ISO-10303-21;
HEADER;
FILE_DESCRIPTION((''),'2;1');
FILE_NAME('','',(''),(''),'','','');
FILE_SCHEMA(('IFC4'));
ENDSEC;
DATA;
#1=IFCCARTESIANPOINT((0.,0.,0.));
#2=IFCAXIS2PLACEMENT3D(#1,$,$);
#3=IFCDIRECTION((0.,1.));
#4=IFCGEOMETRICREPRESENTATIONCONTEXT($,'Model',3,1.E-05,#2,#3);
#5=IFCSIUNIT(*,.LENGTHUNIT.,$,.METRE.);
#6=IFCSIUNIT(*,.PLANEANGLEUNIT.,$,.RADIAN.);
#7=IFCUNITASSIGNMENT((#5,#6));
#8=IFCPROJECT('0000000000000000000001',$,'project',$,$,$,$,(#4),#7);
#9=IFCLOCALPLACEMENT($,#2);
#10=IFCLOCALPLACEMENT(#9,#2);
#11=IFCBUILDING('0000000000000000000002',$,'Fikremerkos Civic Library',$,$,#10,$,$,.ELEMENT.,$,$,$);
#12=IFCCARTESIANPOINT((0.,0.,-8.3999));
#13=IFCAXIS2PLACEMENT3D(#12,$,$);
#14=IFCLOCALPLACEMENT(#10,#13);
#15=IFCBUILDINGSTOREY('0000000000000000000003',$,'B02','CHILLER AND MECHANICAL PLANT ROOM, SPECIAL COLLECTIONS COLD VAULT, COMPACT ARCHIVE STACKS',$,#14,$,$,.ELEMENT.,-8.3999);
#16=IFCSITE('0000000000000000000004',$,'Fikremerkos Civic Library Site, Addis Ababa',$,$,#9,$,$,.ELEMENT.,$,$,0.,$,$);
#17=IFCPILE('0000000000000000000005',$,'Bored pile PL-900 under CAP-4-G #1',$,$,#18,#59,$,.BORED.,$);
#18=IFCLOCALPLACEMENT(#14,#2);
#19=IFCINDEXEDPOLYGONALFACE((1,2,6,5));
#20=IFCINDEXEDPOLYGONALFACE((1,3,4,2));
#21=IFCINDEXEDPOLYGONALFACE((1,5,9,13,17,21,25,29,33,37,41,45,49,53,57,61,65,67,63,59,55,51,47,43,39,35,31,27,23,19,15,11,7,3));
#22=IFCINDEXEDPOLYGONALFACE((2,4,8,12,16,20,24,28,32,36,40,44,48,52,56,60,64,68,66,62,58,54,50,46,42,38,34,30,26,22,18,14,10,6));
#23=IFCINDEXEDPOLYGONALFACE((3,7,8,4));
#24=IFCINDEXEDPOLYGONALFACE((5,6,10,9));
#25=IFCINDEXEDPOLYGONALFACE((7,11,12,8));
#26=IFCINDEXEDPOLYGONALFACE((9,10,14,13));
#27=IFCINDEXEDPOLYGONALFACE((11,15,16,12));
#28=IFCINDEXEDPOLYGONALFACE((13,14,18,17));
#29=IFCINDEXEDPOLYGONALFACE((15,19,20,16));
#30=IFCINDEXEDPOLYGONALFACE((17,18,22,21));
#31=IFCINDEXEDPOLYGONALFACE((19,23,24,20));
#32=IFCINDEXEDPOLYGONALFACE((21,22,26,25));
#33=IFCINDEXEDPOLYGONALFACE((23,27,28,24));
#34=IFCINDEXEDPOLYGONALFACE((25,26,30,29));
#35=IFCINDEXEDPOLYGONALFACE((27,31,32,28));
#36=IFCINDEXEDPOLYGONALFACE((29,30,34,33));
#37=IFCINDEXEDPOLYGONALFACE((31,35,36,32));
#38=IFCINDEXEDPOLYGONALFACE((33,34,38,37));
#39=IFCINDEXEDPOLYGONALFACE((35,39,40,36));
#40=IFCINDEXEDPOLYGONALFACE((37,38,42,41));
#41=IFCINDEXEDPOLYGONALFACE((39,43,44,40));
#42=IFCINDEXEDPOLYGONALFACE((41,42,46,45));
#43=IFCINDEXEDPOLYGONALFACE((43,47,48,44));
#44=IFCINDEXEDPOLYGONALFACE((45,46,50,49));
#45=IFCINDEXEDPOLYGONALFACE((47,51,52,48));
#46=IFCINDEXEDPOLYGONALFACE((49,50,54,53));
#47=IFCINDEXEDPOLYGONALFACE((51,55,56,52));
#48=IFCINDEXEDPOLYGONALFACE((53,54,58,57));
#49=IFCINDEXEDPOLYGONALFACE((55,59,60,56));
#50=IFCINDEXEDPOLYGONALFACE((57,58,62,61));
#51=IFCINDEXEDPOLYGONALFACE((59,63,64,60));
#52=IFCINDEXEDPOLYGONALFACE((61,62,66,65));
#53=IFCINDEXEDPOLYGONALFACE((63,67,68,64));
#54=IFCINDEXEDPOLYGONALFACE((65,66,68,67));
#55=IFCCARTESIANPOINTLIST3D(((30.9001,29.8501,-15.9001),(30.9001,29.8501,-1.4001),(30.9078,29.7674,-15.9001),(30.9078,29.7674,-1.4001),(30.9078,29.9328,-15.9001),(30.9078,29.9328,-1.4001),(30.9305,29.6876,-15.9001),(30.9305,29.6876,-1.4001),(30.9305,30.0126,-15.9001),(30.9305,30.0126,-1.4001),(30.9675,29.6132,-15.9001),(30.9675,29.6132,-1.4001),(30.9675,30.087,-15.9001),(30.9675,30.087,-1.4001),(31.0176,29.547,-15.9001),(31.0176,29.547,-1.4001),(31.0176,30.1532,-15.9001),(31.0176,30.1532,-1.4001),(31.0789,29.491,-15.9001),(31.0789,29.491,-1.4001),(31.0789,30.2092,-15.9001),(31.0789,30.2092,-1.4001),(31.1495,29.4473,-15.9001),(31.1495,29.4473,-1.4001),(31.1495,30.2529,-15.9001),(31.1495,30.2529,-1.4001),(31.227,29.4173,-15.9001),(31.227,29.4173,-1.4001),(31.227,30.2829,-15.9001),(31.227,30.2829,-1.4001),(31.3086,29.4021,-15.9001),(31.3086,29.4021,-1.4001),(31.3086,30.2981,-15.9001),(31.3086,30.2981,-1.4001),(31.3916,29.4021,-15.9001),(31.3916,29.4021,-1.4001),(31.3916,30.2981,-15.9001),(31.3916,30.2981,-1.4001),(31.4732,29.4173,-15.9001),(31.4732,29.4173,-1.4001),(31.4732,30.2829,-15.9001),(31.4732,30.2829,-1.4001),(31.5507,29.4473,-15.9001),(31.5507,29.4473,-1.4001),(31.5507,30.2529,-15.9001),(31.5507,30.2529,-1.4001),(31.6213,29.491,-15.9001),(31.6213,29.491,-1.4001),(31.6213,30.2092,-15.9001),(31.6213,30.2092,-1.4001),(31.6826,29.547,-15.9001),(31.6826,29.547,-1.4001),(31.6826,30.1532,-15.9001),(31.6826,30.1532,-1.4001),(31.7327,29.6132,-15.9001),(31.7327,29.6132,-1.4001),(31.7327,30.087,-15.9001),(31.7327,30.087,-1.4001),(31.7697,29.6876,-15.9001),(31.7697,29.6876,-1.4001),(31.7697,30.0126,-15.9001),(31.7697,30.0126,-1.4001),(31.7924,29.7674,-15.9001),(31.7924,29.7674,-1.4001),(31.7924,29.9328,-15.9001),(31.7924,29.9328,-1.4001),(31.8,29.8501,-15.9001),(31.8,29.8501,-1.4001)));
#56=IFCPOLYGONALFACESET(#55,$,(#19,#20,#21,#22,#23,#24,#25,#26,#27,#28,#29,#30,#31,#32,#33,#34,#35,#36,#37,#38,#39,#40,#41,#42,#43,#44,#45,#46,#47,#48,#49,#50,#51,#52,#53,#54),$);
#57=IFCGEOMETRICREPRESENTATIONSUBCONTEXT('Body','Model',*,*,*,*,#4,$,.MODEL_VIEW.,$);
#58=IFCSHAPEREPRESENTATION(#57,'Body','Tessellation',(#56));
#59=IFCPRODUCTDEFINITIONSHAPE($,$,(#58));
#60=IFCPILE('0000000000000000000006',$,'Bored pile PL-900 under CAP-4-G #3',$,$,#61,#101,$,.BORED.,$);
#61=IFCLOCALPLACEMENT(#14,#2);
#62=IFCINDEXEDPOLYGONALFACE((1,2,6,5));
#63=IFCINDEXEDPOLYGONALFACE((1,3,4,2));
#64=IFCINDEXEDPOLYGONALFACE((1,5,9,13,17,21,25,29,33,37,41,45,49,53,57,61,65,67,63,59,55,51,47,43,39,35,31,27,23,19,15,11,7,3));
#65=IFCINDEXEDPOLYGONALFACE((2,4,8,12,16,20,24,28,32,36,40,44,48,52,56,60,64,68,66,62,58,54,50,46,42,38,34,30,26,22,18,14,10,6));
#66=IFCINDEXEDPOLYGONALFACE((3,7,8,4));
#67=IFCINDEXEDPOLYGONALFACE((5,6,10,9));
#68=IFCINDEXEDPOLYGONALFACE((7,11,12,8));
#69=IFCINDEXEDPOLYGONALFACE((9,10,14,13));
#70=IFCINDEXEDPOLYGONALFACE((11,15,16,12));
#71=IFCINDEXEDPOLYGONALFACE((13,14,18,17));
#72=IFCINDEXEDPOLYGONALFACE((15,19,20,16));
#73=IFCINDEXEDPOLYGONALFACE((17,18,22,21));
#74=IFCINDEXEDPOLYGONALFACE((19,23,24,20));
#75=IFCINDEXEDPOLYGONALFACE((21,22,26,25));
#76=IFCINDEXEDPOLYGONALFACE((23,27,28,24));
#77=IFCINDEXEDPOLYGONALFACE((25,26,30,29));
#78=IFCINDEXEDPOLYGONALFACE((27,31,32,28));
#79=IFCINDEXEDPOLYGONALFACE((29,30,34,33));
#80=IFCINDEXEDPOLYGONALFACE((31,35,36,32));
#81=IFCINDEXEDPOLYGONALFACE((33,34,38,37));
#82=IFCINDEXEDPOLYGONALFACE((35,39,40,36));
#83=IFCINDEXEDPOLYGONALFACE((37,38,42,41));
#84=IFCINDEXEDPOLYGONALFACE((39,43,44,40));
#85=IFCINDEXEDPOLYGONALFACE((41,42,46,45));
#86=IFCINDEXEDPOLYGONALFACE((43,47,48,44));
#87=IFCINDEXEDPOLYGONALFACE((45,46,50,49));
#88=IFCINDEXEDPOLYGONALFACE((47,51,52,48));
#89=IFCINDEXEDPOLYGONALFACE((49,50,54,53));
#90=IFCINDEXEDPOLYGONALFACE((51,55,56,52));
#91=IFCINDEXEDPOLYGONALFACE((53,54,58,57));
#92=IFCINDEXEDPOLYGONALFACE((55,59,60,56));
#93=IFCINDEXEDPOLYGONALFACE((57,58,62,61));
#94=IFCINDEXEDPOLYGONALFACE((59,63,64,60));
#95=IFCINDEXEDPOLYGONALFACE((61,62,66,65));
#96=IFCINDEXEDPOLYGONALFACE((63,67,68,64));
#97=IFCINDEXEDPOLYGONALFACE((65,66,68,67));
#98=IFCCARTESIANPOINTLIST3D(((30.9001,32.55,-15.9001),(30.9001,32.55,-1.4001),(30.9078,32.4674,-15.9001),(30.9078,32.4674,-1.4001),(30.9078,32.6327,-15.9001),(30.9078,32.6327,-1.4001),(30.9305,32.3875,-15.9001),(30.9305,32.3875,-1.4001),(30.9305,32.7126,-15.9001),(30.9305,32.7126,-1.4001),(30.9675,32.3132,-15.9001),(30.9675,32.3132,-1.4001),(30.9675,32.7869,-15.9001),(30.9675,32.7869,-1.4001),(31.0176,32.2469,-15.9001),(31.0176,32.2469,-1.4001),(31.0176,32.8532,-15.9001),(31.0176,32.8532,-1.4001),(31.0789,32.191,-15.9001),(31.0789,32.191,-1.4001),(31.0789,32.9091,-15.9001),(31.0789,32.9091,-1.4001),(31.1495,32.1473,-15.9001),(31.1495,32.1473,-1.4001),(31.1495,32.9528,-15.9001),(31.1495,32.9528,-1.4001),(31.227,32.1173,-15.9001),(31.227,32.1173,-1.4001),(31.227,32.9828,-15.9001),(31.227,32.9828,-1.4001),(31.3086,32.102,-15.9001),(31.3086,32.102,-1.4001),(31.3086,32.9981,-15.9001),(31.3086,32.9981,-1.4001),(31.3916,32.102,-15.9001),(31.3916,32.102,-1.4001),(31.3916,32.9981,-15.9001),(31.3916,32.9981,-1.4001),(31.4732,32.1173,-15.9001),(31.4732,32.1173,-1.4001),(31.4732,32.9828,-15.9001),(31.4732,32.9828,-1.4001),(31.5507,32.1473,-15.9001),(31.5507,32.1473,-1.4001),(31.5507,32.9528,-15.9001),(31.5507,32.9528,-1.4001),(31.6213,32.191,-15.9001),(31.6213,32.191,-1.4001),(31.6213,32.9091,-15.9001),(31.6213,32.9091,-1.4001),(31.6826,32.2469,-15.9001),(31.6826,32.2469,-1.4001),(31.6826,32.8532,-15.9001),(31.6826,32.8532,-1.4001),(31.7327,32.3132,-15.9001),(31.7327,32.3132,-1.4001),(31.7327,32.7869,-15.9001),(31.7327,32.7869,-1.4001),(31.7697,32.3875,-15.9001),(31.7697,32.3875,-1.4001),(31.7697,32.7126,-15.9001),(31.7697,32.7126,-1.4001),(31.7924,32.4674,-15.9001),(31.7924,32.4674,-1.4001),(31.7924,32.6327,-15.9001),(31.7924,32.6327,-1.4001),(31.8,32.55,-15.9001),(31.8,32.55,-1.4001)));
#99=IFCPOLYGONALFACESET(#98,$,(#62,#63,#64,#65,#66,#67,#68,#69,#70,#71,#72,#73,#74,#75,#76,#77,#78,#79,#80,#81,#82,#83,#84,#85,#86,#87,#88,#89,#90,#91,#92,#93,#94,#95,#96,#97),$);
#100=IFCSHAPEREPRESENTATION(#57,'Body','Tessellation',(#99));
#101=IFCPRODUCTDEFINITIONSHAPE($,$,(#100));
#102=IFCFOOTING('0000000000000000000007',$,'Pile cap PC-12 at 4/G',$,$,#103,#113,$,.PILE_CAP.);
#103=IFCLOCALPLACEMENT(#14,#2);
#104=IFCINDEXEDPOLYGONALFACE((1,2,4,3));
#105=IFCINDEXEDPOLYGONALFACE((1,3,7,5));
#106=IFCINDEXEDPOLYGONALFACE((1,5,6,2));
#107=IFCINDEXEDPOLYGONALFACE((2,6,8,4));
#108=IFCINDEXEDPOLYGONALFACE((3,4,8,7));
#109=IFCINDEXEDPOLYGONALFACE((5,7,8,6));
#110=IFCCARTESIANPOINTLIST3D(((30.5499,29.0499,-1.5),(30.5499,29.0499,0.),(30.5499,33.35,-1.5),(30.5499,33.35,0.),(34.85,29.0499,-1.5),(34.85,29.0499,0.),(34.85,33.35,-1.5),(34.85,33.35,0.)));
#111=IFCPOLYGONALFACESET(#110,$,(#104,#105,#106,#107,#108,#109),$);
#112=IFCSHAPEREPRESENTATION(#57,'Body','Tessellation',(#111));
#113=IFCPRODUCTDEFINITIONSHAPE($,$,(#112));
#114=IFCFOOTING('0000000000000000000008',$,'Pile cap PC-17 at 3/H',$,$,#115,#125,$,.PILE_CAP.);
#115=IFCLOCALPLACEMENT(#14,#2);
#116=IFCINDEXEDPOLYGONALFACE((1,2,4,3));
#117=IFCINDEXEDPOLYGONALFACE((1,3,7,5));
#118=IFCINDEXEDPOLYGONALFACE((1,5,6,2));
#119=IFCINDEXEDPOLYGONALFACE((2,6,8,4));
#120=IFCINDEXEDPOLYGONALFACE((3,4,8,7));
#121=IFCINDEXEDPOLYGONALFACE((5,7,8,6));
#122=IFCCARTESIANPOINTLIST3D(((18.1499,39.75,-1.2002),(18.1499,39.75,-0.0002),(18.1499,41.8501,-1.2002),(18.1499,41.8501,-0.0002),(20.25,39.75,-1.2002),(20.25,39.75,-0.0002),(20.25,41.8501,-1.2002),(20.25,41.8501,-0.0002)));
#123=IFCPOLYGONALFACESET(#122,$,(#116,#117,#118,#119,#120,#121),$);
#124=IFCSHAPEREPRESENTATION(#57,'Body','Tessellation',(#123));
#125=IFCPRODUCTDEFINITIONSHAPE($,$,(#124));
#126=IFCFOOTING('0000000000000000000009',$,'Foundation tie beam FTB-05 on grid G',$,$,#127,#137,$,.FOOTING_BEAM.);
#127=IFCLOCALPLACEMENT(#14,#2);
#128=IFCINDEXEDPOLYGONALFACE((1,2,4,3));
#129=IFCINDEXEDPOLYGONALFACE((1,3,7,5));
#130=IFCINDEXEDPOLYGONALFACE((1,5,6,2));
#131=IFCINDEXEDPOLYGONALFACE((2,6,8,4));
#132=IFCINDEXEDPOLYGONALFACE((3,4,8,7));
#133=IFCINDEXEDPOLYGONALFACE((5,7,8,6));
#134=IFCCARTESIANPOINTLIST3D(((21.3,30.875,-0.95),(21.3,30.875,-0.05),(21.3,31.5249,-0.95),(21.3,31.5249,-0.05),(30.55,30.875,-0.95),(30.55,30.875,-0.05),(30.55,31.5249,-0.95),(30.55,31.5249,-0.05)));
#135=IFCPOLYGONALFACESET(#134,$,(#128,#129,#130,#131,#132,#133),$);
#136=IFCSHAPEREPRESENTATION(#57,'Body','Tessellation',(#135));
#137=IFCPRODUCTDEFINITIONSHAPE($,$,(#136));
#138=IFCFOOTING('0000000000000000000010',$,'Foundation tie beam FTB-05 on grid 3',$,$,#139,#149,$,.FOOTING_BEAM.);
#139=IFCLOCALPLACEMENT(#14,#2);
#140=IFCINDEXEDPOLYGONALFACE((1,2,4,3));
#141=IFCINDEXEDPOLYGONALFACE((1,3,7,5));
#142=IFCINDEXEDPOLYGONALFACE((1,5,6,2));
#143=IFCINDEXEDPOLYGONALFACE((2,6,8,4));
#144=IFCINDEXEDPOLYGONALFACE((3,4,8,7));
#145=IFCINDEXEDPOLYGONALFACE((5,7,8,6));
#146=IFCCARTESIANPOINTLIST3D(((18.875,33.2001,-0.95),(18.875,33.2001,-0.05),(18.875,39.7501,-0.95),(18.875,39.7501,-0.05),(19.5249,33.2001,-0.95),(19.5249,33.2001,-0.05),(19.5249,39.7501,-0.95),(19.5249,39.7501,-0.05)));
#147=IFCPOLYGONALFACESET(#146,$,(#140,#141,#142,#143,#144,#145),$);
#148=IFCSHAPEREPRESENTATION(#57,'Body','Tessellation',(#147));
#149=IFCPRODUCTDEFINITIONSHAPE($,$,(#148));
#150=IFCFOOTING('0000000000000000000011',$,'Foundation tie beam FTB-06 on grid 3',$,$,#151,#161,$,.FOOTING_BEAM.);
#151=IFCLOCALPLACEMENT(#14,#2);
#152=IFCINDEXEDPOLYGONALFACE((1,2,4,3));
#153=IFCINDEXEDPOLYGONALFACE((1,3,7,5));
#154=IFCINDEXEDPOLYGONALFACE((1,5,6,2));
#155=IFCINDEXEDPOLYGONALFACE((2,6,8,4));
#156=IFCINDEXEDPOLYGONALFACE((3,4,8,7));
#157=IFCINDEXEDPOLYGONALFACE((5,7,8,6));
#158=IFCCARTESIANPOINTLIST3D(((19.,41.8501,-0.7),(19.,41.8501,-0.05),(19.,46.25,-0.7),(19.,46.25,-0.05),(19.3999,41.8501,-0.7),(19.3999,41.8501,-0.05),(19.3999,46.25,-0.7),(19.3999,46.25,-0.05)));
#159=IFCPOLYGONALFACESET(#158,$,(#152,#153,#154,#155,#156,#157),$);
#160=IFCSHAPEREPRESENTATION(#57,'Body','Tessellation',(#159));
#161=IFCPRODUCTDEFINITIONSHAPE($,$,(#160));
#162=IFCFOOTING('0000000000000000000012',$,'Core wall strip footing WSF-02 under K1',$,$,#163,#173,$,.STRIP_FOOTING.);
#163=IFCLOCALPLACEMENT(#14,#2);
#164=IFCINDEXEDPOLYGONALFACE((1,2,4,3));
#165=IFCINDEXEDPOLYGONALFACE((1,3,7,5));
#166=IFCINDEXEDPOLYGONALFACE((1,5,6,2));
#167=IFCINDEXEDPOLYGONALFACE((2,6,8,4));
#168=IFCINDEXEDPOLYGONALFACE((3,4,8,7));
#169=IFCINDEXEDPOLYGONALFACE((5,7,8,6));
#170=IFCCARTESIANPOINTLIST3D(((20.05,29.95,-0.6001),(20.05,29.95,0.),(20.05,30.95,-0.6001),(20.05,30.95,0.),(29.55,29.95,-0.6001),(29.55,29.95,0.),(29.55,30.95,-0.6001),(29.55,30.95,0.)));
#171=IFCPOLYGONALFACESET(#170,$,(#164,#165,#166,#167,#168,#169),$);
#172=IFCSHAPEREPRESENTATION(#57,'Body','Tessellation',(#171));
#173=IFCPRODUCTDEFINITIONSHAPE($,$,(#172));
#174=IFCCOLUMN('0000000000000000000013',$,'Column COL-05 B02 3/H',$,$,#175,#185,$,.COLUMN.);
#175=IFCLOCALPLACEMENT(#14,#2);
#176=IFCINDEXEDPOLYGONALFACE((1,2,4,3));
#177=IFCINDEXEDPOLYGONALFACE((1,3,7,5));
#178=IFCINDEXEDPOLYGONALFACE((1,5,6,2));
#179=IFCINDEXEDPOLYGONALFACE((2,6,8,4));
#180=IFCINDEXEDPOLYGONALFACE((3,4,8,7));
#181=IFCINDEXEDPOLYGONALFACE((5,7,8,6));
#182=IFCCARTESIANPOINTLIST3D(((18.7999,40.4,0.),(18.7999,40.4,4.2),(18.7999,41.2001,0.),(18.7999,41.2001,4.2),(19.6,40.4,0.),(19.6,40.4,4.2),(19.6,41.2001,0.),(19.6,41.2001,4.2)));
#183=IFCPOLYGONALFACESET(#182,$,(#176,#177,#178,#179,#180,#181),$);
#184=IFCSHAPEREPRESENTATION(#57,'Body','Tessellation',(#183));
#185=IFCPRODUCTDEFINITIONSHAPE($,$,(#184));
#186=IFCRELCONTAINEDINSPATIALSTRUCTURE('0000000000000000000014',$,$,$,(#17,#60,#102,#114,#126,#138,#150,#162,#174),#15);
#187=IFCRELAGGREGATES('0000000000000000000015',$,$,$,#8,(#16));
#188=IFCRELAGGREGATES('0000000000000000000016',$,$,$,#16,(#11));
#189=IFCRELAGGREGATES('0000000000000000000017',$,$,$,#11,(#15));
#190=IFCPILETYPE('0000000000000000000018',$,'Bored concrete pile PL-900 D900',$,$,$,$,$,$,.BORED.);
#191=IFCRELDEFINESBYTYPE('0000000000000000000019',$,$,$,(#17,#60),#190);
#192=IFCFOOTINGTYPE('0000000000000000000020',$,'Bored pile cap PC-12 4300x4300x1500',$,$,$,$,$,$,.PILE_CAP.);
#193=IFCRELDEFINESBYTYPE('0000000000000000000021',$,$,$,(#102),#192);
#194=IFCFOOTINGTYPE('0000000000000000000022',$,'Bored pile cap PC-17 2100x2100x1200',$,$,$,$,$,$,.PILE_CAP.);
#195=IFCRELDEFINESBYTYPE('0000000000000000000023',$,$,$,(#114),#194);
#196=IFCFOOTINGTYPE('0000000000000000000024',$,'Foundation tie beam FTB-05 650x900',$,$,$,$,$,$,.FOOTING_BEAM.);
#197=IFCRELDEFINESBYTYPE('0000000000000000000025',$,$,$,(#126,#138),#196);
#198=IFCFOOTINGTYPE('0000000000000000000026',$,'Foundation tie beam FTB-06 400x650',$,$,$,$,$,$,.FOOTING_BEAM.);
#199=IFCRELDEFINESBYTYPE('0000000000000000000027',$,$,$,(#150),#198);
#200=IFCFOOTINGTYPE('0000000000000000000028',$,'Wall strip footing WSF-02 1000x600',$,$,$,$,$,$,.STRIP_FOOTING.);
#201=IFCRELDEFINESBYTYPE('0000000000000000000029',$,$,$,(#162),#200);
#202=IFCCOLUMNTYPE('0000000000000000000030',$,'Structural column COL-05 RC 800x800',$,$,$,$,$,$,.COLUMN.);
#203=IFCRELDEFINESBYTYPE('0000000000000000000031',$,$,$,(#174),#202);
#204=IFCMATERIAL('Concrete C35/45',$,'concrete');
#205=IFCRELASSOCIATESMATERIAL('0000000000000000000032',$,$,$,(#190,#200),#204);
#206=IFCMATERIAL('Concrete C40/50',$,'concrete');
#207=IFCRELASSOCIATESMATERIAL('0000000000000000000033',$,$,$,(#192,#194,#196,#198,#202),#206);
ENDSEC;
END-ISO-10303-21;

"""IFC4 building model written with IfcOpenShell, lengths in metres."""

from ifc_helpers import new_model, si_unit, direction, frame, origin, origin_2d, place, context, subcontext, project, spatial, rectangle, circle, extrude, material, material_profile, profile_set, type_object, element, save


model = new_model("IFC4")

# Units and contexts
model_context = context("Model", 3, precision=1e-05, world=origin(), true_north=direction((0.0, 1.0)))
body_context = subcontext(model_context, "Body", "Model", "MODEL_VIEW")
ifc_project = project(units=[si_unit("LENGTHUNIT", "METRE"), si_unit("PLANEANGLEUNIT", "RADIAN")], contexts=[model_context])

# Site, building, storey
site_placement = place(None, origin())
site = spatial("IfcSite", under=ifc_project, at=site_placement, Name="Fikremerkos Civic Library Site, Addis Ababa", CompositionType="ELEMENT", RefElevation=0.0)
building_placement = place(site_placement, origin())
building = spatial("IfcBuilding", under=site, at=building_placement, Name="Fikremerkos Civic Library", CompositionType="ELEMENT")
storey_placement = place(building_placement, frame((0.0, 0.0, -8.3999)))
storey = spatial("IfcBuildingStorey", under=building, at=storey_placement, Name="B02", Description="CHILLER AND MECHANICAL PLANT ROOM, SPECIAL COLLECTIONS COLD VAULT, COMPACT ARCHIVE STACKS", CompositionType="ELEMENT", Elevation=-8.3999)

# Piles
ifc_material_1 = material(Name="Concrete C35/45", Category="concrete")
ifc_material_profile_1 = material_profile(ifc_material_1, circle(Radius=0.45, at=origin_2d()), Name="BORED PILE 900")
ifc_profile_set_1 = profile_set([ifc_material_profile_1], Name="Concrete C35/45")
pile_type_1 = type_object("IfcPileType", Name="Bored concrete pile PL-900 D900", PredefinedType="BORED", material=ifc_profile_set_1)
for number, where, z_axis, x_axis, name in (
    (1, (31.3501, 29.8501, -1.4001), (0.0, 0.0, -1.0), (1.0, 0.0, 0.0), "Bored pile PL-900 under CAP-4-G #1"),
    (2, (31.3501, 32.55, -1.4001), (0.0, 0.0, -1.0), (1.0, 0.0, 0.0), "Bored pile PL-900 under CAP-4-G #3"),
):
    element("IfcPile", number, at=place(storey_placement, frame(where, z_axis=z_axis, x_axis=x_axis)), inside=storey, type_object=pile_type_1, Name=name, PredefinedType="BORED", context=body_context, shape_type="SweptSolid", body=[
        extrude(circle(Radius=0.45, at=origin_2d()), origin(), (0.0, 0.0, 1.0), 14.5),
    ])

# Footings
ifc_material_2 = material(Name="Concrete C40/50", Category="concrete")
footing_type_1 = type_object("IfcFootingType", Name="Bored pile cap PC-12 4300x4300x1500", PredefinedType="PILE_CAP", material=ifc_material_2)
footing_1_placement = place(storey_placement, frame((32.7, 31.2, -1.5), z_axis=(0.0, 0.0, 1.0), x_axis=(1.0, 0.0, 0.0)))
element("IfcFooting", 3, at=footing_1_placement, inside=storey, type_object=footing_type_1, Name="Pile cap PC-12 at 4/G", PredefinedType="PILE_CAP", context=body_context, shape_type="SweptSolid", body=[
    extrude(rectangle(XDim=4.3, YDim=4.3, at=origin_2d()), origin(), (0.0, 0.0, 1.0), 1.5),
])
footing_type_2 = type_object("IfcFootingType", Name="Bored pile cap PC-17 2100x2100x1200", PredefinedType="PILE_CAP", material=ifc_material_2)
footing_2_placement = place(storey_placement, frame((19.2, 40.8, -1.2002), z_axis=(0.0, 0.0, 1.0), x_axis=(1.0, 0.0, 0.0)))
element("IfcFooting", 4, at=footing_2_placement, inside=storey, type_object=footing_type_2, Name="Pile cap PC-17 at 3/H", PredefinedType="PILE_CAP", context=body_context, shape_type="SweptSolid", body=[
    extrude(rectangle(XDim=2.1001, YDim=2.1001, at=origin_2d()), origin(), (0.0, 0.0, 1.0), 1.2),
])
footing_type_3 = type_object("IfcFootingType", Name="Foundation tie beam FTB-05 650x900", PredefinedType="FOOTING_BEAM", material=ifc_material_2)
footing_3_placement = place(storey_placement, frame((25.925, 31.2, -0.95), z_axis=(0.0, 0.0, 1.0), x_axis=(1.0, 0.0, 0.0)))
element("IfcFooting", 5, at=footing_3_placement, inside=storey, type_object=footing_type_3, Name="Foundation tie beam FTB-05 on grid G", PredefinedType="FOOTING_BEAM", context=body_context, shape_type="SweptSolid", body=[
    extrude(rectangle(XDim=9.25, YDim=0.6499, at=origin_2d()), origin(), (0.0, 0.0, 1.0), 0.8999),
])
footing_4_placement = place(storey_placement, frame((19.2, 36.4751, -0.95), z_axis=(0.0, 0.0, 1.0), x_axis=(0.0, 1.0, 0.0)))
element("IfcFooting", 6, at=footing_4_placement, inside=storey, type_object=footing_type_3, Name="Foundation tie beam FTB-05 on grid 3", PredefinedType="FOOTING_BEAM", context=body_context, shape_type="SweptSolid", body=[
    extrude(rectangle(XDim=6.55, YDim=0.6499, at=origin_2d()), origin(), (0.0, 0.0, 1.0), 0.8999),
])
footing_type_4 = type_object("IfcFootingType", Name="Foundation tie beam FTB-06 400x650", PredefinedType="FOOTING_BEAM", material=ifc_material_2)
footing_5_placement = place(storey_placement, frame((19.2, 44.05, -0.7), z_axis=(0.0, 0.0, 1.0), x_axis=(0.0, 1.0, 0.0)))
element("IfcFooting", 7, at=footing_5_placement, inside=storey, type_object=footing_type_4, Name="Foundation tie beam FTB-06 on grid 3", PredefinedType="FOOTING_BEAM", context=body_context, shape_type="SweptSolid", body=[
    extrude(rectangle(XDim=4.3999, YDim=0.3999, at=origin_2d()), origin(), (0.0, 0.0, 1.0), 0.6499),
])
footing_type_5 = type_object("IfcFootingType", Name="Wall strip footing WSF-02 1000x600", PredefinedType="STRIP_FOOTING", material=ifc_material_1)
footing_6_placement = place(storey_placement, frame((24.8, 30.45, -0.6001), z_axis=(0.0, 0.0, 1.0), x_axis=(1.0, 0.0, 0.0)))
element("IfcFooting", 8, at=footing_6_placement, inside=storey, type_object=footing_type_5, Name="Core wall strip footing WSF-02 under K1", PredefinedType="STRIP_FOOTING", context=body_context, shape_type="SweptSolid", body=[
    extrude(rectangle(XDim=9.5, YDim=1.0, at=origin_2d()), origin(), (0.0, 0.0, 1.0), 0.6001),
])

# Column
ifc_material_profile_2 = material_profile(ifc_material_2, rectangle(XDim=0.8, YDim=0.8, at=origin_2d()), Name="RC 800x800")
ifc_profile_set_2 = profile_set([ifc_material_profile_2], Name="Concrete C40/50")
column_type = type_object("IfcColumnType", Name="Structural column COL-05 RC 800x800", PredefinedType="COLUMN", material=ifc_profile_set_2)
column_placement = place(storey_placement, frame((19.2, 40.8, 0.0), z_axis=(0.0, 0.0, 1.0), x_axis=(1.0, 0.0, 0.0)))
element("IfcColumn", 9, at=column_placement, inside=storey, type_object=column_type, Name="Column COL-05 B02 3/H", PredefinedType="COLUMN", context=body_context, shape_type="SweptSolid", body=[
    extrude(rectangle(XDim=0.8, YDim=0.8, at=origin_2d()), origin(), (0.0, 0.0, 1.0), 4.2),
])

save(model, "model.ifc")
